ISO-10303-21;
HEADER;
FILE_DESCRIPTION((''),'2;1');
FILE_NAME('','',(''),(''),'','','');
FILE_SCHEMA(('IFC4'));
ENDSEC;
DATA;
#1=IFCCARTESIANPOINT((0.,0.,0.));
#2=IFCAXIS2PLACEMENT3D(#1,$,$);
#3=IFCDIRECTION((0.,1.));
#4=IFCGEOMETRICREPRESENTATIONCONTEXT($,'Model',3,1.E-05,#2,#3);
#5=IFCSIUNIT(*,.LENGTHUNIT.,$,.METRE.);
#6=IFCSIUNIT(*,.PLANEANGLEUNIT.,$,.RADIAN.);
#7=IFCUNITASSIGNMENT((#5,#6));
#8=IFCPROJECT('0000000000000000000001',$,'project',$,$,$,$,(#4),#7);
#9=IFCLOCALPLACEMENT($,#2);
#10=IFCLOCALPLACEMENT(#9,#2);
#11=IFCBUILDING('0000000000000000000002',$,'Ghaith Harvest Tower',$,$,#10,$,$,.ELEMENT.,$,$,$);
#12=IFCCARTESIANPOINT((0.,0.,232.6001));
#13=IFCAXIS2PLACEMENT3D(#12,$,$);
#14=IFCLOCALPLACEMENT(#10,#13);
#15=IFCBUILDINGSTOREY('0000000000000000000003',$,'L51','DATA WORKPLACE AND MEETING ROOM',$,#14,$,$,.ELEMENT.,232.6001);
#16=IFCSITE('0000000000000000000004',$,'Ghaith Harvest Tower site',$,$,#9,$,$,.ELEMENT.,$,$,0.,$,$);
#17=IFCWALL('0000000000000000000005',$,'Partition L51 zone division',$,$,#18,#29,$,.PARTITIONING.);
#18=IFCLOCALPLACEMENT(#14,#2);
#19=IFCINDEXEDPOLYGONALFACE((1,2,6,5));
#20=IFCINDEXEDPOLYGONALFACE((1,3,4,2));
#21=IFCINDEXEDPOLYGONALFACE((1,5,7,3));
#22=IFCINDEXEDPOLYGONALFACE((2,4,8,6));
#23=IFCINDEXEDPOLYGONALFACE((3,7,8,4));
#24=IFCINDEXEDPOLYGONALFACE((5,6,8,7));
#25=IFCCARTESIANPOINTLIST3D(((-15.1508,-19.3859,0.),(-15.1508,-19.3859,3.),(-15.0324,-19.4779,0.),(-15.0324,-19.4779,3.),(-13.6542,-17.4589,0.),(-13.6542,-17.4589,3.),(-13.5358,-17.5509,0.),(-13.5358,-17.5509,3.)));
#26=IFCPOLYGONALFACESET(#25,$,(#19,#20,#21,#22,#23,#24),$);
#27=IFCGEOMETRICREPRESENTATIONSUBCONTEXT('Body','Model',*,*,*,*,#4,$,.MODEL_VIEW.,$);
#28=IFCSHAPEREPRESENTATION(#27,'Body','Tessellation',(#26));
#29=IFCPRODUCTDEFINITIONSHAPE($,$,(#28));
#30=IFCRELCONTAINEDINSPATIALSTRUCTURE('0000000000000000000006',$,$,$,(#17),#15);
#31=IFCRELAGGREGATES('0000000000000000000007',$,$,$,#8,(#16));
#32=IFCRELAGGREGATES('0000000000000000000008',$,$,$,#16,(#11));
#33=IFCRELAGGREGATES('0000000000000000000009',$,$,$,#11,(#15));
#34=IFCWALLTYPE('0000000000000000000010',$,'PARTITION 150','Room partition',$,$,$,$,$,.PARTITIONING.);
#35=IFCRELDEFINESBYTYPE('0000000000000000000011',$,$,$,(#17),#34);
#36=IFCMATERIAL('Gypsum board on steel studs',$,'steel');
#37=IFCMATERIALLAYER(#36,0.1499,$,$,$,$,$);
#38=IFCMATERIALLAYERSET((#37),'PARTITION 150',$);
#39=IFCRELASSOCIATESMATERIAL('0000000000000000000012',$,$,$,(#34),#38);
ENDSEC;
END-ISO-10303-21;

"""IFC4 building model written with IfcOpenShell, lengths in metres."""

from ifc_helpers import new_model, si_unit, direction, frame, frame_2d, origin, place, context, subcontext, project, spatial, rectangle, extrude, material, layer, layer_set, type_object, element, save


model = new_model("IFC4")

# Units and contexts
model_context = context("Model", 3, precision=1e-05, world=origin(), true_north=direction((0.0, 1.0)))
body_context = subcontext(model_context, "Body", "Model", "MODEL_VIEW")
ifc_project = project(units=[si_unit("LENGTHUNIT", "METRE"), si_unit("PLANEANGLEUNIT", "RADIAN")], contexts=[model_context])

# Site, building, storey
site_placement = place(None, origin())
site = spatial("IfcSite", under=ifc_project, at=site_placement, Name="Ghaith Harvest Tower site", CompositionType="ELEMENT", RefElevation=0.0)
building_placement = place(site_placement, origin())
building = spatial("IfcBuilding", under=site, at=building_placement, Name="Ghaith Harvest Tower", CompositionType="ELEMENT")
storey_placement = place(building_placement, frame((0.0, 0.0, 232.6001)))
storey = spatial("IfcBuildingStorey", under=building, at=storey_placement, Name="L51", Description="DATA WORKPLACE AND MEETING ROOM", CompositionType="ELEMENT", Elevation=232.6001)

# Wall
ifc_material_1 = material(Name="Gypsum board on steel studs", Category="steel")
ifc_layer_1 = layer(ifc_material_1, 0.1499)
ifc_layer_set_1 = layer_set([ifc_layer_1], Name="PARTITION 150")
wall_type_1 = type_object("IfcWallType", Name="PARTITION 150", Description="Room partition", PredefinedType="PARTITIONING", material=ifc_layer_set_1)
wall_1_placement = place(storey_placement, frame((-13.595, -17.5049, 0.0), z_axis=(0.0, 0.0, 1.0), x_axis=(-0.613379, -0.789788, 0.0)))
element("IfcWall", 1, at=wall_1_placement, inside=storey, type_object=wall_type_1, Name="Partition L51 zone division", PredefinedType="PARTITIONING", context=body_context, shape_type="SweptSolid", body=[
    extrude(rectangle(XDim=2.4399, YDim=0.1499, at=frame_2d((1.22, 0.0))), origin(), (0.0, 0.0, 1.0), 3.0),
])

save(model, "model.ifc")
